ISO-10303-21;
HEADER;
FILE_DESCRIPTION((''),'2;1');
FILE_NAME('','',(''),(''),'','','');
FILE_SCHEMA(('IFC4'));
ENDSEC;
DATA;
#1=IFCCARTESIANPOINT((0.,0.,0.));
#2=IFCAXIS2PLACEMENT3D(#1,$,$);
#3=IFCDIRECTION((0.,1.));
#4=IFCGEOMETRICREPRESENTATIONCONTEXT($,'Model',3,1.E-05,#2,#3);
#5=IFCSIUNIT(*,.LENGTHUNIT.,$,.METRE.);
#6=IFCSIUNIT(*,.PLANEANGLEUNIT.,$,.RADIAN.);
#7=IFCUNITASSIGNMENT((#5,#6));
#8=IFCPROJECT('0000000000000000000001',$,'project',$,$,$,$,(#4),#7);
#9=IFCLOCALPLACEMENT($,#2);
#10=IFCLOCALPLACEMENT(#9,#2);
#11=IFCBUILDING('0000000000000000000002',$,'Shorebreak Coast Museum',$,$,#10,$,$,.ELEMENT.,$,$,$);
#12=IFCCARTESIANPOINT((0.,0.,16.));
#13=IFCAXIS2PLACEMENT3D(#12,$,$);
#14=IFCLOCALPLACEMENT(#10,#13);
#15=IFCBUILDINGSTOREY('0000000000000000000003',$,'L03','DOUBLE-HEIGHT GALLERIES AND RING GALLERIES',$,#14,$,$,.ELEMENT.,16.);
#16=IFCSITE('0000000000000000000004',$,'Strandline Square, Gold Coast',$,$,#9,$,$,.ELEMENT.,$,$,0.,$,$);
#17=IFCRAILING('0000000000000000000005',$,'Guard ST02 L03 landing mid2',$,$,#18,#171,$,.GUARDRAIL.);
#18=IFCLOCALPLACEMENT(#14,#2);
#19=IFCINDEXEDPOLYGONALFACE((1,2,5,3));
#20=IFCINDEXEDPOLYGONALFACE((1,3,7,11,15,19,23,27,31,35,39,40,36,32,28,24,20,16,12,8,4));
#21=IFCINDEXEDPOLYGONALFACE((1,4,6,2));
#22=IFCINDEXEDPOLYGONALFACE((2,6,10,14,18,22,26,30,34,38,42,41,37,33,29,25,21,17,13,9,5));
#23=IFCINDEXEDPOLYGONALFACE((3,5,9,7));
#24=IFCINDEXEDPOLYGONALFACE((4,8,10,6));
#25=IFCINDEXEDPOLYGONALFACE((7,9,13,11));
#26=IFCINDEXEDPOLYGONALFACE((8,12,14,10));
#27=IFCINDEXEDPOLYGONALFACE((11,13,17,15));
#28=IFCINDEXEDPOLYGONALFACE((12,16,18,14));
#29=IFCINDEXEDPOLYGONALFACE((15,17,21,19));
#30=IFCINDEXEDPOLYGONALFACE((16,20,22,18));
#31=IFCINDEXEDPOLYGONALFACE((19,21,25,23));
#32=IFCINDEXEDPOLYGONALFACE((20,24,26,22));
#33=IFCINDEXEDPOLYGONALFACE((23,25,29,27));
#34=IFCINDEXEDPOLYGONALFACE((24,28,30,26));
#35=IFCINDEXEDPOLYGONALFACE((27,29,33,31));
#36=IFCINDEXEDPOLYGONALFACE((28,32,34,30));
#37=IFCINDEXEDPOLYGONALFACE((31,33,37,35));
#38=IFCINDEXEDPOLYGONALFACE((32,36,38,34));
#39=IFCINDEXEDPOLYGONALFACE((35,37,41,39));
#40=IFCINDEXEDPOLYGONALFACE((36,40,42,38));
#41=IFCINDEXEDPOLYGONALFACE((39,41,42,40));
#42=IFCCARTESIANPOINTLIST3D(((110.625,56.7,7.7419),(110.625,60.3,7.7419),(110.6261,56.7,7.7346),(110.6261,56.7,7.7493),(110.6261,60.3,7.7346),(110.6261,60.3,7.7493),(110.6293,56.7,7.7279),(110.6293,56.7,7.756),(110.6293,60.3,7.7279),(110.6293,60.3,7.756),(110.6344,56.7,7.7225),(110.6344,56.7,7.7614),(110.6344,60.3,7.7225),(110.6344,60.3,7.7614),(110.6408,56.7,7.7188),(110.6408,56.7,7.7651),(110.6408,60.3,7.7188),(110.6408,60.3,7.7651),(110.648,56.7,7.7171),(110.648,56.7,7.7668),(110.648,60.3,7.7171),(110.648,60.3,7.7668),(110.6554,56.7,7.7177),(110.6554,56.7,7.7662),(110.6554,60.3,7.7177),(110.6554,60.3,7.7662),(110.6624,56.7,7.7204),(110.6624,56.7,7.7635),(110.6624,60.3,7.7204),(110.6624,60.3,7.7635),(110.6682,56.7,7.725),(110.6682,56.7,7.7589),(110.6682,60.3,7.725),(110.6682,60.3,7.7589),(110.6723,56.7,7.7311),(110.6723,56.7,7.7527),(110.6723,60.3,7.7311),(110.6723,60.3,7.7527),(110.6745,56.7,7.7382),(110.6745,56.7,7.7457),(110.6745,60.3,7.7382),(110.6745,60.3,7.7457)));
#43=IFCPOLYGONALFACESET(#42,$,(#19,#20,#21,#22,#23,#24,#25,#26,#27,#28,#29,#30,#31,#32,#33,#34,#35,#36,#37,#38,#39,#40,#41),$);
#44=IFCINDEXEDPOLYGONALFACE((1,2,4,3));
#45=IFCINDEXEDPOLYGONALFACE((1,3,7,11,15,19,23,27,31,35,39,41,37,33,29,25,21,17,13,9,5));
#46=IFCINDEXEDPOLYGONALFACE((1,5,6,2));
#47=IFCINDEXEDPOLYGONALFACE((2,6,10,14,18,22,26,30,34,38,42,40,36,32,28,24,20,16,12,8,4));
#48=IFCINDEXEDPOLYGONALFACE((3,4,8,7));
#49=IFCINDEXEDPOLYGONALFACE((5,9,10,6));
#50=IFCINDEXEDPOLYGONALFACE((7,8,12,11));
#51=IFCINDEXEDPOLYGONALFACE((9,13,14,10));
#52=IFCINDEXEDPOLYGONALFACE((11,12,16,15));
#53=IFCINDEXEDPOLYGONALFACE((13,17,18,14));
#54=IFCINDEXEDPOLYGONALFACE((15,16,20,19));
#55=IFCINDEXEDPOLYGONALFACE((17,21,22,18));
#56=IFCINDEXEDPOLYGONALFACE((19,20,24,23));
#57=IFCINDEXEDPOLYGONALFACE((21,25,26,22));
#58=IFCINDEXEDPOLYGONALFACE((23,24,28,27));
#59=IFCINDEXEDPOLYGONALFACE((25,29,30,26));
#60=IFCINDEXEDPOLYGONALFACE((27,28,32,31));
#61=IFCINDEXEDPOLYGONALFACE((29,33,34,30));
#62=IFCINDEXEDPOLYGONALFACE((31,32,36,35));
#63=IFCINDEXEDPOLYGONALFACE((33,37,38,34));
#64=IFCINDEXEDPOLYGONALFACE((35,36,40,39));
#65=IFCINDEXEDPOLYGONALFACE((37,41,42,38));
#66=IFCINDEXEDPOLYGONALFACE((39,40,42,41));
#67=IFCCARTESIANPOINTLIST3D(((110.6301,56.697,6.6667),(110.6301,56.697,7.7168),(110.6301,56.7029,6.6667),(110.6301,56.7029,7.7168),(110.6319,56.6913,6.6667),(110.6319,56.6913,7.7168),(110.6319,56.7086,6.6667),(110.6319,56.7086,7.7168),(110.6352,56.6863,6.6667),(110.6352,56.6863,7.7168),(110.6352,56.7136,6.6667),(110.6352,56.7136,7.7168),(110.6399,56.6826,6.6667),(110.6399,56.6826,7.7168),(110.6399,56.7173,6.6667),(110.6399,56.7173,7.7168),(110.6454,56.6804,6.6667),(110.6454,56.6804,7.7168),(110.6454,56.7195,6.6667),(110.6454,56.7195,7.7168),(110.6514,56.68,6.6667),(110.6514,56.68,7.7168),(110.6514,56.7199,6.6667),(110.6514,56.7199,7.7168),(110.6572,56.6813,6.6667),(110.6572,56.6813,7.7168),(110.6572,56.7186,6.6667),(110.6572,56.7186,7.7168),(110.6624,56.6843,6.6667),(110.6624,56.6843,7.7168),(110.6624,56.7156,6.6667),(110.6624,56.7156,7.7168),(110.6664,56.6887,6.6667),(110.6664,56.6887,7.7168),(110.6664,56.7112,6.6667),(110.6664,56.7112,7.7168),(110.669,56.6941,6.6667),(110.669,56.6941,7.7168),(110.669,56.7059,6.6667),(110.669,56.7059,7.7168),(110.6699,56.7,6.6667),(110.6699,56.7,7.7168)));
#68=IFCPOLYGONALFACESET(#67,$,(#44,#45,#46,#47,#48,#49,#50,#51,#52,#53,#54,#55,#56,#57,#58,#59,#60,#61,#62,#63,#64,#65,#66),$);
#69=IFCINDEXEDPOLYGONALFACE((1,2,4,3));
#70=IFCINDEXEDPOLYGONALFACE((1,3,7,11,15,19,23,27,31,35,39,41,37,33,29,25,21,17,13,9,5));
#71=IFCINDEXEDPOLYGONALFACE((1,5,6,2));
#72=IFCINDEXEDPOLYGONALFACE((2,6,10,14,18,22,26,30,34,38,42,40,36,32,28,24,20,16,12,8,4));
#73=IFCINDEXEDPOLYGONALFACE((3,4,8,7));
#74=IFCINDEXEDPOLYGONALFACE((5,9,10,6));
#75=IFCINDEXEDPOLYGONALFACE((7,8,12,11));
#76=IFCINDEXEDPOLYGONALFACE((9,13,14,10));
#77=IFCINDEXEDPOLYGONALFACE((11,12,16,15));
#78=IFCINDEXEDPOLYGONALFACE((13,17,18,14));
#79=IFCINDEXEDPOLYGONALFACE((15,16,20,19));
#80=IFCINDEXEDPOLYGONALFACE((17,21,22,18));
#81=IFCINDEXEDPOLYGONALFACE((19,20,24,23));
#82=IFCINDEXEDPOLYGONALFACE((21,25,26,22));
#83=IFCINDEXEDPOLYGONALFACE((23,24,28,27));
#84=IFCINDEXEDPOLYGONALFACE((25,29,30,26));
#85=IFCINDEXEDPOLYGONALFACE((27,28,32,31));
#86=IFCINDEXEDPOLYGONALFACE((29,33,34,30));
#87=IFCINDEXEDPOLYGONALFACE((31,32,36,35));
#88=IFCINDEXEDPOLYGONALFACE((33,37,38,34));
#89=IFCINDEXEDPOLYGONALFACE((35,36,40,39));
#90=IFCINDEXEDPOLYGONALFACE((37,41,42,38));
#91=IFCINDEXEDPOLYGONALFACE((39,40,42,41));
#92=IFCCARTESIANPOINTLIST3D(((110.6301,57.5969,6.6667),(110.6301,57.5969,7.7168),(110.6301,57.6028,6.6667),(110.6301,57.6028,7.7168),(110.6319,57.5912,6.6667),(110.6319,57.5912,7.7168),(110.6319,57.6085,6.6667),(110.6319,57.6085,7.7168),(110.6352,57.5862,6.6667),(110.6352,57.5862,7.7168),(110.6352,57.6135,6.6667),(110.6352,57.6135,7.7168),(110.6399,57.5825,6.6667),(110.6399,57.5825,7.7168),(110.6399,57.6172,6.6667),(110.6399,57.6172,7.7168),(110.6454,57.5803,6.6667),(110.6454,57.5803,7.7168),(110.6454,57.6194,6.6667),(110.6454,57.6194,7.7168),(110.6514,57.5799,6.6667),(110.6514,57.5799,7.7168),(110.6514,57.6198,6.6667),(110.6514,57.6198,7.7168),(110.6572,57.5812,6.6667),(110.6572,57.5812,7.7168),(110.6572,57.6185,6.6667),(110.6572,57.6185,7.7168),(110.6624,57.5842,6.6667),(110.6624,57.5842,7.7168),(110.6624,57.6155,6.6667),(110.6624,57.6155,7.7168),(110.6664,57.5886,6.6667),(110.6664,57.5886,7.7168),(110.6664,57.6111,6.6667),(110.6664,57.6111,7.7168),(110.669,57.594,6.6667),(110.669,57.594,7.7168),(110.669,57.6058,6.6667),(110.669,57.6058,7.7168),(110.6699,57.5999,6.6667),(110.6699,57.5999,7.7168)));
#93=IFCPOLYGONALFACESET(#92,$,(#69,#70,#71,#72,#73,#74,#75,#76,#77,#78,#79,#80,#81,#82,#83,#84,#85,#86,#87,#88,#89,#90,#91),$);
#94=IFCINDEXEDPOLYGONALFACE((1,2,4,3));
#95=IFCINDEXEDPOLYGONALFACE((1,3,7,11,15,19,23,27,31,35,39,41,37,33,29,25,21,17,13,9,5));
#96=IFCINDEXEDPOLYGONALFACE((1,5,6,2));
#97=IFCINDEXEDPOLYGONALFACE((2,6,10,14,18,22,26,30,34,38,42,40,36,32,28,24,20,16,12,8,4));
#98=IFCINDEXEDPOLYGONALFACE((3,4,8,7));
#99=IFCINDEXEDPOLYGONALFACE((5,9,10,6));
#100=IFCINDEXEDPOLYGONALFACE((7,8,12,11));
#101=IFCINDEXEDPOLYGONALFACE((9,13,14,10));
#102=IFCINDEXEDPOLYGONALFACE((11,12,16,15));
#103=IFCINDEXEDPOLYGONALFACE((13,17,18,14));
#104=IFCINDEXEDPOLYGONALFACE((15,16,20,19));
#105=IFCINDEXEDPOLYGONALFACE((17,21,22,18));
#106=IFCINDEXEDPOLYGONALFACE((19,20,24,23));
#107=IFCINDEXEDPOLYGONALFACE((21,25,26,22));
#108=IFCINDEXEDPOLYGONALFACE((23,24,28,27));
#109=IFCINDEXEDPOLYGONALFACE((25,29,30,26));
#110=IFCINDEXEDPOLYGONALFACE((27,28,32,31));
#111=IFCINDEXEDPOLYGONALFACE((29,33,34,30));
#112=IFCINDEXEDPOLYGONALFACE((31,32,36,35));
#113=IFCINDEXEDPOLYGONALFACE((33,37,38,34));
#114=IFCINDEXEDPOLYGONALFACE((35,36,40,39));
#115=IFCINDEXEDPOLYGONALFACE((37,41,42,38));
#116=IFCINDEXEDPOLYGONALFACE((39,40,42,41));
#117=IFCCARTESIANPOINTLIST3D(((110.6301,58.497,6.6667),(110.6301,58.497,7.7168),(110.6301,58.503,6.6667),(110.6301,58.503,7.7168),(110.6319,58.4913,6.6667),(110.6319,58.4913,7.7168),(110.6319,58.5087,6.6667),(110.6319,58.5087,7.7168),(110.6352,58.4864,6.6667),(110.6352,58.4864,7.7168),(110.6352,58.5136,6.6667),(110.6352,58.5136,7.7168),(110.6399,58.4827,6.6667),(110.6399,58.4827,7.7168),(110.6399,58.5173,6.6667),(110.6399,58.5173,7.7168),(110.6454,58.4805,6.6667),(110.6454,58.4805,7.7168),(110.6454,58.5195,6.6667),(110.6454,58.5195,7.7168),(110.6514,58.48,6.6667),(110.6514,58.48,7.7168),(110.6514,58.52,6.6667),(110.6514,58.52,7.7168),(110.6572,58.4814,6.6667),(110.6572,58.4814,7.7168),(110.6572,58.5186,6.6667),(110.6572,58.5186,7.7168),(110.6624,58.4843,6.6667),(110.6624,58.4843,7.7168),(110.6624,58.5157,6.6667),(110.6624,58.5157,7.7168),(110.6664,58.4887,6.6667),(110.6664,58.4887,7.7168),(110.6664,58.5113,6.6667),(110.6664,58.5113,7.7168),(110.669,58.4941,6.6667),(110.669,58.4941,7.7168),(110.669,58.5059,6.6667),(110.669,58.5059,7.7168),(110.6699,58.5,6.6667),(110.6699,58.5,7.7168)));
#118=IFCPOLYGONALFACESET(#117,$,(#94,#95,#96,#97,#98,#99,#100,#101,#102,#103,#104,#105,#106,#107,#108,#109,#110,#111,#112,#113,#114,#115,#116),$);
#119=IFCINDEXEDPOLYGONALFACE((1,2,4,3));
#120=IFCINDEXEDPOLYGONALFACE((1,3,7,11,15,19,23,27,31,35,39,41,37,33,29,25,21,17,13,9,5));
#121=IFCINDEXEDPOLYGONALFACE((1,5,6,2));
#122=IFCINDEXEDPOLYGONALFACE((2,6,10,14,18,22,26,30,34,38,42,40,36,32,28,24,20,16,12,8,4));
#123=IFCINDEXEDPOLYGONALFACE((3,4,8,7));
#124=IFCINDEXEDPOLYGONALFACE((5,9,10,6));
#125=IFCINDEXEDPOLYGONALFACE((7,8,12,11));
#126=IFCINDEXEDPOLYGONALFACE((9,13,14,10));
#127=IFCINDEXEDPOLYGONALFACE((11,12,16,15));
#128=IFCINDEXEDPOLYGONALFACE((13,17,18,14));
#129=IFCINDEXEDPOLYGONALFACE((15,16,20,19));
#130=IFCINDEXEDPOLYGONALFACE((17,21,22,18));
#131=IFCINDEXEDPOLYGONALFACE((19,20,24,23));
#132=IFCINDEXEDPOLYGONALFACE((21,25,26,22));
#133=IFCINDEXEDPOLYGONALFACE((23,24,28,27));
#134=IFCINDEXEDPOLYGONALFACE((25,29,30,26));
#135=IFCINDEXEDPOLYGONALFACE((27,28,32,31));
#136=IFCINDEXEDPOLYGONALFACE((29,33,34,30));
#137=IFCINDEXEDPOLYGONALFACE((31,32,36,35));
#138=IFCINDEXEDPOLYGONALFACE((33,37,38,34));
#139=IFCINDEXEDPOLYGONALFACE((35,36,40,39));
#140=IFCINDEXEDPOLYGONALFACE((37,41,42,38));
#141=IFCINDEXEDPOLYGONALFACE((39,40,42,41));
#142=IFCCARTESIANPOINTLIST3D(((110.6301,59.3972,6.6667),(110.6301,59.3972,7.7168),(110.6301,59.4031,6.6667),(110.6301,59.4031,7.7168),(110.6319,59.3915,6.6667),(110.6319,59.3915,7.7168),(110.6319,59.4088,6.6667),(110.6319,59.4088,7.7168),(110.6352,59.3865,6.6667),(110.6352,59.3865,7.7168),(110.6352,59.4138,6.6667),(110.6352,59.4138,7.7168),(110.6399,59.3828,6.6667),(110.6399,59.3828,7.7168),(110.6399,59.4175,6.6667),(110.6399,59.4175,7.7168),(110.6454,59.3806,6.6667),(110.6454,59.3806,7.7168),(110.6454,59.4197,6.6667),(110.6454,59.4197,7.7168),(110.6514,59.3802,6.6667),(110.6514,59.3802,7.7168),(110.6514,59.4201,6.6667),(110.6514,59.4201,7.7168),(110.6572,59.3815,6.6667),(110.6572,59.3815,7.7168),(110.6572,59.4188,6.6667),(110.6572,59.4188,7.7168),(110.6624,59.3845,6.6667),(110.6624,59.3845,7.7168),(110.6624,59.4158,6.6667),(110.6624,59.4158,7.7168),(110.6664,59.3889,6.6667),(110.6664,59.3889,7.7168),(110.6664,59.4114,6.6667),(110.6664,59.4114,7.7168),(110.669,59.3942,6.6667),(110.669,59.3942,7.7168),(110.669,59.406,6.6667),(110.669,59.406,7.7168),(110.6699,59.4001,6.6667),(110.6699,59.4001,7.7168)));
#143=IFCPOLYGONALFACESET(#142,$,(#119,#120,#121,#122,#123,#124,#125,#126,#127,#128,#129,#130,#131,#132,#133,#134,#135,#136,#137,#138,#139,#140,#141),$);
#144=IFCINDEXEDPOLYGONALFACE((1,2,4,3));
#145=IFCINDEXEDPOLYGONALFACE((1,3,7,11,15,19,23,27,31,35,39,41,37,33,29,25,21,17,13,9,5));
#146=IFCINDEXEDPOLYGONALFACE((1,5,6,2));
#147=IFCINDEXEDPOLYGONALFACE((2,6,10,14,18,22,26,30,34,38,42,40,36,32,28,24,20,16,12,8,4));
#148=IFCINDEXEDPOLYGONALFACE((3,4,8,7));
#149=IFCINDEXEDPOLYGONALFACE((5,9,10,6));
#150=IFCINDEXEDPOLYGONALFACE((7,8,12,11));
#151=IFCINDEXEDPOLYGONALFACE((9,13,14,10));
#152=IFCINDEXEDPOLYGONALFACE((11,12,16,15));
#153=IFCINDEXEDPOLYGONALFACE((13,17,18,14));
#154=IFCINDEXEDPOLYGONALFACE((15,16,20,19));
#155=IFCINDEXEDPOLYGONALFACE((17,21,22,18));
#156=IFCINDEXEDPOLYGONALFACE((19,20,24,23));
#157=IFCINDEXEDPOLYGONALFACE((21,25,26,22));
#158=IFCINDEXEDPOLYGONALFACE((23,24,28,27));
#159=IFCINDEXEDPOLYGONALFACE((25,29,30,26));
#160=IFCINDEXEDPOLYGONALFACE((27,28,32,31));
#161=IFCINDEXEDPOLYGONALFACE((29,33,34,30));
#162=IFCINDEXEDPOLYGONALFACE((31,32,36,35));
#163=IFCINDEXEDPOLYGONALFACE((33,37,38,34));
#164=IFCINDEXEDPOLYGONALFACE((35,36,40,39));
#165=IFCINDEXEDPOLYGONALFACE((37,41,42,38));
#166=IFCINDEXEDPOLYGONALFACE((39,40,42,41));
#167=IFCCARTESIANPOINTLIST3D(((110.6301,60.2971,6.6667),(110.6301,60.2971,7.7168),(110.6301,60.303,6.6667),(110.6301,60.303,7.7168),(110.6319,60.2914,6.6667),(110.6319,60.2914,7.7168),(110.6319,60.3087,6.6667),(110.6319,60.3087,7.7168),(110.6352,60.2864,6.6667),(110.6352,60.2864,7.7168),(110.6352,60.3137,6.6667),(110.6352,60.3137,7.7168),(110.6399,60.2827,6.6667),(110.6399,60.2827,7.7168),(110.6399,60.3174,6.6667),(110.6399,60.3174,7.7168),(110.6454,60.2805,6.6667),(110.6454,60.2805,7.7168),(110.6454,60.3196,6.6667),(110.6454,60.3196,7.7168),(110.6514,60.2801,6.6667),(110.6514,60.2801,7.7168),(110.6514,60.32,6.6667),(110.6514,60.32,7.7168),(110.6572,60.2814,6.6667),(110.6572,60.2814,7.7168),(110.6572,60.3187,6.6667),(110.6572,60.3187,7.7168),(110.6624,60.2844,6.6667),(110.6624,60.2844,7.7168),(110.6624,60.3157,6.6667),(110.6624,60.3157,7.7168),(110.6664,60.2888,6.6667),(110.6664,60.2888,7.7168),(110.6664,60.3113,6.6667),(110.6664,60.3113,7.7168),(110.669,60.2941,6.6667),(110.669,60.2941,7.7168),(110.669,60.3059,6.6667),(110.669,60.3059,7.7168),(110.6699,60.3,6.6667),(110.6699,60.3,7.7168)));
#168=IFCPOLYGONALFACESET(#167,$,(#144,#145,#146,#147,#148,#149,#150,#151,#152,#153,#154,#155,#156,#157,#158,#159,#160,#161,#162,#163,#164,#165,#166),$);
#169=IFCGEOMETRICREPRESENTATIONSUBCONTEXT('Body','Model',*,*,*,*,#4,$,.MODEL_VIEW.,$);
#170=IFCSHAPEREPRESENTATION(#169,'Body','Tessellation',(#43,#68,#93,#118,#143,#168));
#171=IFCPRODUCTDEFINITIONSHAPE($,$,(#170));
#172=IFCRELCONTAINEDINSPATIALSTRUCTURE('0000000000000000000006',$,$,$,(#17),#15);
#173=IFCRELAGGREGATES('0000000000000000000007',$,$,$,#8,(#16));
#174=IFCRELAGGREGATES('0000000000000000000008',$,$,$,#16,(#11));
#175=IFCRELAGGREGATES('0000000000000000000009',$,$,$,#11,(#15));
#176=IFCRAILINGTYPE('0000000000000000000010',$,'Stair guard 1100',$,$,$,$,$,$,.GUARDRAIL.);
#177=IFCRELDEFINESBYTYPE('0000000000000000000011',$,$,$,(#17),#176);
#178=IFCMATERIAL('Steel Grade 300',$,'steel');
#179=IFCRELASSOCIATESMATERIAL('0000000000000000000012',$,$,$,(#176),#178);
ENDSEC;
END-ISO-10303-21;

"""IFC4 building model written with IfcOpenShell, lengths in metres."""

from ifc_helpers import new_model, si_unit, direction, frame, origin, origin_2d, place, context, subcontext, project, spatial, circle, extrude, material, type_object, element, save


model = new_model("IFC4")

# Units and contexts
model_context = context("Model", 3, precision=1e-05, world=origin(), true_north=direction((0.0, 1.0)))
body_context = subcontext(model_context, "Body", "Model", "MODEL_VIEW")
ifc_project = project(units=[si_unit("LENGTHUNIT", "METRE"), si_unit("PLANEANGLEUNIT", "RADIAN")], contexts=[model_context])

# Site, building, storey
site_placement = place(None, origin())
site = spatial("IfcSite", under=ifc_project, at=site_placement, Name="Strandline Square, Gold Coast", CompositionType="ELEMENT", RefElevation=0.0)
building_placement = place(site_placement, origin())
building = spatial("IfcBuilding", under=site, at=building_placement, Name="Shorebreak Coast Museum", CompositionType="ELEMENT")
storey_placement = place(building_placement, frame((0.0, 0.0, 16.0)))
storey = spatial("IfcBuildingStorey", under=building, at=storey_placement, Name="L03", Description="DOUBLE-HEIGHT GALLERIES AND RING GALLERIES", CompositionType="ELEMENT", Elevation=16.0)

# Railing
ifc_material_1 = material(Name="Steel Grade 300", Category="steel")
railing_type_1 = type_object("IfcRailingType", Name="Stair guard 1100", PredefinedType="GUARDRAIL", material=ifc_material_1)
railing_1_placement = place(storey_placement, frame((110.6499, 56.7, 6.6667)))
element("IfcRailing", 1, at=railing_1_placement, inside=storey, type_object=railing_type_1, Name="Guard ST02 L03 landing mid2", PredefinedType="GUARDRAIL", context=body_context, shape_type="SweptSolid", body=[
    extrude(circle(Radius=0.0249, at=origin_2d()), frame((0.0, 0.0, 1.0752), z_axis=(0.0, 1.0, 0.0), x_axis=(-1.0, 0.0, 0.0)), (0.0, 0.0, 1.0), 3.6001),
    extrude(circle(Radius=0.02, at=origin_2d()), origin(), (0.0, 0.0, 1.0), 1.05),
    extrude(circle(Radius=0.02, at=origin_2d()), frame((0.0, 0.8999, 0.0)), (0.0, 0.0, 1.0), 1.05),
    extrude(circle(Radius=0.02, at=origin_2d()), frame((0.0, 1.8, 0.0)), (0.0, 0.0, 1.0), 1.05),
    extrude(circle(Radius=0.02, at=origin_2d()), frame((0.0, 2.7002, 0.0)), (0.0, 0.0, 1.0), 1.05),
    extrude(circle(Radius=0.02, at=origin_2d()), frame((0.0, 3.6001, 0.0)), (0.0, 0.0, 1.0), 1.05),
])

save(model, "model.ifc")
